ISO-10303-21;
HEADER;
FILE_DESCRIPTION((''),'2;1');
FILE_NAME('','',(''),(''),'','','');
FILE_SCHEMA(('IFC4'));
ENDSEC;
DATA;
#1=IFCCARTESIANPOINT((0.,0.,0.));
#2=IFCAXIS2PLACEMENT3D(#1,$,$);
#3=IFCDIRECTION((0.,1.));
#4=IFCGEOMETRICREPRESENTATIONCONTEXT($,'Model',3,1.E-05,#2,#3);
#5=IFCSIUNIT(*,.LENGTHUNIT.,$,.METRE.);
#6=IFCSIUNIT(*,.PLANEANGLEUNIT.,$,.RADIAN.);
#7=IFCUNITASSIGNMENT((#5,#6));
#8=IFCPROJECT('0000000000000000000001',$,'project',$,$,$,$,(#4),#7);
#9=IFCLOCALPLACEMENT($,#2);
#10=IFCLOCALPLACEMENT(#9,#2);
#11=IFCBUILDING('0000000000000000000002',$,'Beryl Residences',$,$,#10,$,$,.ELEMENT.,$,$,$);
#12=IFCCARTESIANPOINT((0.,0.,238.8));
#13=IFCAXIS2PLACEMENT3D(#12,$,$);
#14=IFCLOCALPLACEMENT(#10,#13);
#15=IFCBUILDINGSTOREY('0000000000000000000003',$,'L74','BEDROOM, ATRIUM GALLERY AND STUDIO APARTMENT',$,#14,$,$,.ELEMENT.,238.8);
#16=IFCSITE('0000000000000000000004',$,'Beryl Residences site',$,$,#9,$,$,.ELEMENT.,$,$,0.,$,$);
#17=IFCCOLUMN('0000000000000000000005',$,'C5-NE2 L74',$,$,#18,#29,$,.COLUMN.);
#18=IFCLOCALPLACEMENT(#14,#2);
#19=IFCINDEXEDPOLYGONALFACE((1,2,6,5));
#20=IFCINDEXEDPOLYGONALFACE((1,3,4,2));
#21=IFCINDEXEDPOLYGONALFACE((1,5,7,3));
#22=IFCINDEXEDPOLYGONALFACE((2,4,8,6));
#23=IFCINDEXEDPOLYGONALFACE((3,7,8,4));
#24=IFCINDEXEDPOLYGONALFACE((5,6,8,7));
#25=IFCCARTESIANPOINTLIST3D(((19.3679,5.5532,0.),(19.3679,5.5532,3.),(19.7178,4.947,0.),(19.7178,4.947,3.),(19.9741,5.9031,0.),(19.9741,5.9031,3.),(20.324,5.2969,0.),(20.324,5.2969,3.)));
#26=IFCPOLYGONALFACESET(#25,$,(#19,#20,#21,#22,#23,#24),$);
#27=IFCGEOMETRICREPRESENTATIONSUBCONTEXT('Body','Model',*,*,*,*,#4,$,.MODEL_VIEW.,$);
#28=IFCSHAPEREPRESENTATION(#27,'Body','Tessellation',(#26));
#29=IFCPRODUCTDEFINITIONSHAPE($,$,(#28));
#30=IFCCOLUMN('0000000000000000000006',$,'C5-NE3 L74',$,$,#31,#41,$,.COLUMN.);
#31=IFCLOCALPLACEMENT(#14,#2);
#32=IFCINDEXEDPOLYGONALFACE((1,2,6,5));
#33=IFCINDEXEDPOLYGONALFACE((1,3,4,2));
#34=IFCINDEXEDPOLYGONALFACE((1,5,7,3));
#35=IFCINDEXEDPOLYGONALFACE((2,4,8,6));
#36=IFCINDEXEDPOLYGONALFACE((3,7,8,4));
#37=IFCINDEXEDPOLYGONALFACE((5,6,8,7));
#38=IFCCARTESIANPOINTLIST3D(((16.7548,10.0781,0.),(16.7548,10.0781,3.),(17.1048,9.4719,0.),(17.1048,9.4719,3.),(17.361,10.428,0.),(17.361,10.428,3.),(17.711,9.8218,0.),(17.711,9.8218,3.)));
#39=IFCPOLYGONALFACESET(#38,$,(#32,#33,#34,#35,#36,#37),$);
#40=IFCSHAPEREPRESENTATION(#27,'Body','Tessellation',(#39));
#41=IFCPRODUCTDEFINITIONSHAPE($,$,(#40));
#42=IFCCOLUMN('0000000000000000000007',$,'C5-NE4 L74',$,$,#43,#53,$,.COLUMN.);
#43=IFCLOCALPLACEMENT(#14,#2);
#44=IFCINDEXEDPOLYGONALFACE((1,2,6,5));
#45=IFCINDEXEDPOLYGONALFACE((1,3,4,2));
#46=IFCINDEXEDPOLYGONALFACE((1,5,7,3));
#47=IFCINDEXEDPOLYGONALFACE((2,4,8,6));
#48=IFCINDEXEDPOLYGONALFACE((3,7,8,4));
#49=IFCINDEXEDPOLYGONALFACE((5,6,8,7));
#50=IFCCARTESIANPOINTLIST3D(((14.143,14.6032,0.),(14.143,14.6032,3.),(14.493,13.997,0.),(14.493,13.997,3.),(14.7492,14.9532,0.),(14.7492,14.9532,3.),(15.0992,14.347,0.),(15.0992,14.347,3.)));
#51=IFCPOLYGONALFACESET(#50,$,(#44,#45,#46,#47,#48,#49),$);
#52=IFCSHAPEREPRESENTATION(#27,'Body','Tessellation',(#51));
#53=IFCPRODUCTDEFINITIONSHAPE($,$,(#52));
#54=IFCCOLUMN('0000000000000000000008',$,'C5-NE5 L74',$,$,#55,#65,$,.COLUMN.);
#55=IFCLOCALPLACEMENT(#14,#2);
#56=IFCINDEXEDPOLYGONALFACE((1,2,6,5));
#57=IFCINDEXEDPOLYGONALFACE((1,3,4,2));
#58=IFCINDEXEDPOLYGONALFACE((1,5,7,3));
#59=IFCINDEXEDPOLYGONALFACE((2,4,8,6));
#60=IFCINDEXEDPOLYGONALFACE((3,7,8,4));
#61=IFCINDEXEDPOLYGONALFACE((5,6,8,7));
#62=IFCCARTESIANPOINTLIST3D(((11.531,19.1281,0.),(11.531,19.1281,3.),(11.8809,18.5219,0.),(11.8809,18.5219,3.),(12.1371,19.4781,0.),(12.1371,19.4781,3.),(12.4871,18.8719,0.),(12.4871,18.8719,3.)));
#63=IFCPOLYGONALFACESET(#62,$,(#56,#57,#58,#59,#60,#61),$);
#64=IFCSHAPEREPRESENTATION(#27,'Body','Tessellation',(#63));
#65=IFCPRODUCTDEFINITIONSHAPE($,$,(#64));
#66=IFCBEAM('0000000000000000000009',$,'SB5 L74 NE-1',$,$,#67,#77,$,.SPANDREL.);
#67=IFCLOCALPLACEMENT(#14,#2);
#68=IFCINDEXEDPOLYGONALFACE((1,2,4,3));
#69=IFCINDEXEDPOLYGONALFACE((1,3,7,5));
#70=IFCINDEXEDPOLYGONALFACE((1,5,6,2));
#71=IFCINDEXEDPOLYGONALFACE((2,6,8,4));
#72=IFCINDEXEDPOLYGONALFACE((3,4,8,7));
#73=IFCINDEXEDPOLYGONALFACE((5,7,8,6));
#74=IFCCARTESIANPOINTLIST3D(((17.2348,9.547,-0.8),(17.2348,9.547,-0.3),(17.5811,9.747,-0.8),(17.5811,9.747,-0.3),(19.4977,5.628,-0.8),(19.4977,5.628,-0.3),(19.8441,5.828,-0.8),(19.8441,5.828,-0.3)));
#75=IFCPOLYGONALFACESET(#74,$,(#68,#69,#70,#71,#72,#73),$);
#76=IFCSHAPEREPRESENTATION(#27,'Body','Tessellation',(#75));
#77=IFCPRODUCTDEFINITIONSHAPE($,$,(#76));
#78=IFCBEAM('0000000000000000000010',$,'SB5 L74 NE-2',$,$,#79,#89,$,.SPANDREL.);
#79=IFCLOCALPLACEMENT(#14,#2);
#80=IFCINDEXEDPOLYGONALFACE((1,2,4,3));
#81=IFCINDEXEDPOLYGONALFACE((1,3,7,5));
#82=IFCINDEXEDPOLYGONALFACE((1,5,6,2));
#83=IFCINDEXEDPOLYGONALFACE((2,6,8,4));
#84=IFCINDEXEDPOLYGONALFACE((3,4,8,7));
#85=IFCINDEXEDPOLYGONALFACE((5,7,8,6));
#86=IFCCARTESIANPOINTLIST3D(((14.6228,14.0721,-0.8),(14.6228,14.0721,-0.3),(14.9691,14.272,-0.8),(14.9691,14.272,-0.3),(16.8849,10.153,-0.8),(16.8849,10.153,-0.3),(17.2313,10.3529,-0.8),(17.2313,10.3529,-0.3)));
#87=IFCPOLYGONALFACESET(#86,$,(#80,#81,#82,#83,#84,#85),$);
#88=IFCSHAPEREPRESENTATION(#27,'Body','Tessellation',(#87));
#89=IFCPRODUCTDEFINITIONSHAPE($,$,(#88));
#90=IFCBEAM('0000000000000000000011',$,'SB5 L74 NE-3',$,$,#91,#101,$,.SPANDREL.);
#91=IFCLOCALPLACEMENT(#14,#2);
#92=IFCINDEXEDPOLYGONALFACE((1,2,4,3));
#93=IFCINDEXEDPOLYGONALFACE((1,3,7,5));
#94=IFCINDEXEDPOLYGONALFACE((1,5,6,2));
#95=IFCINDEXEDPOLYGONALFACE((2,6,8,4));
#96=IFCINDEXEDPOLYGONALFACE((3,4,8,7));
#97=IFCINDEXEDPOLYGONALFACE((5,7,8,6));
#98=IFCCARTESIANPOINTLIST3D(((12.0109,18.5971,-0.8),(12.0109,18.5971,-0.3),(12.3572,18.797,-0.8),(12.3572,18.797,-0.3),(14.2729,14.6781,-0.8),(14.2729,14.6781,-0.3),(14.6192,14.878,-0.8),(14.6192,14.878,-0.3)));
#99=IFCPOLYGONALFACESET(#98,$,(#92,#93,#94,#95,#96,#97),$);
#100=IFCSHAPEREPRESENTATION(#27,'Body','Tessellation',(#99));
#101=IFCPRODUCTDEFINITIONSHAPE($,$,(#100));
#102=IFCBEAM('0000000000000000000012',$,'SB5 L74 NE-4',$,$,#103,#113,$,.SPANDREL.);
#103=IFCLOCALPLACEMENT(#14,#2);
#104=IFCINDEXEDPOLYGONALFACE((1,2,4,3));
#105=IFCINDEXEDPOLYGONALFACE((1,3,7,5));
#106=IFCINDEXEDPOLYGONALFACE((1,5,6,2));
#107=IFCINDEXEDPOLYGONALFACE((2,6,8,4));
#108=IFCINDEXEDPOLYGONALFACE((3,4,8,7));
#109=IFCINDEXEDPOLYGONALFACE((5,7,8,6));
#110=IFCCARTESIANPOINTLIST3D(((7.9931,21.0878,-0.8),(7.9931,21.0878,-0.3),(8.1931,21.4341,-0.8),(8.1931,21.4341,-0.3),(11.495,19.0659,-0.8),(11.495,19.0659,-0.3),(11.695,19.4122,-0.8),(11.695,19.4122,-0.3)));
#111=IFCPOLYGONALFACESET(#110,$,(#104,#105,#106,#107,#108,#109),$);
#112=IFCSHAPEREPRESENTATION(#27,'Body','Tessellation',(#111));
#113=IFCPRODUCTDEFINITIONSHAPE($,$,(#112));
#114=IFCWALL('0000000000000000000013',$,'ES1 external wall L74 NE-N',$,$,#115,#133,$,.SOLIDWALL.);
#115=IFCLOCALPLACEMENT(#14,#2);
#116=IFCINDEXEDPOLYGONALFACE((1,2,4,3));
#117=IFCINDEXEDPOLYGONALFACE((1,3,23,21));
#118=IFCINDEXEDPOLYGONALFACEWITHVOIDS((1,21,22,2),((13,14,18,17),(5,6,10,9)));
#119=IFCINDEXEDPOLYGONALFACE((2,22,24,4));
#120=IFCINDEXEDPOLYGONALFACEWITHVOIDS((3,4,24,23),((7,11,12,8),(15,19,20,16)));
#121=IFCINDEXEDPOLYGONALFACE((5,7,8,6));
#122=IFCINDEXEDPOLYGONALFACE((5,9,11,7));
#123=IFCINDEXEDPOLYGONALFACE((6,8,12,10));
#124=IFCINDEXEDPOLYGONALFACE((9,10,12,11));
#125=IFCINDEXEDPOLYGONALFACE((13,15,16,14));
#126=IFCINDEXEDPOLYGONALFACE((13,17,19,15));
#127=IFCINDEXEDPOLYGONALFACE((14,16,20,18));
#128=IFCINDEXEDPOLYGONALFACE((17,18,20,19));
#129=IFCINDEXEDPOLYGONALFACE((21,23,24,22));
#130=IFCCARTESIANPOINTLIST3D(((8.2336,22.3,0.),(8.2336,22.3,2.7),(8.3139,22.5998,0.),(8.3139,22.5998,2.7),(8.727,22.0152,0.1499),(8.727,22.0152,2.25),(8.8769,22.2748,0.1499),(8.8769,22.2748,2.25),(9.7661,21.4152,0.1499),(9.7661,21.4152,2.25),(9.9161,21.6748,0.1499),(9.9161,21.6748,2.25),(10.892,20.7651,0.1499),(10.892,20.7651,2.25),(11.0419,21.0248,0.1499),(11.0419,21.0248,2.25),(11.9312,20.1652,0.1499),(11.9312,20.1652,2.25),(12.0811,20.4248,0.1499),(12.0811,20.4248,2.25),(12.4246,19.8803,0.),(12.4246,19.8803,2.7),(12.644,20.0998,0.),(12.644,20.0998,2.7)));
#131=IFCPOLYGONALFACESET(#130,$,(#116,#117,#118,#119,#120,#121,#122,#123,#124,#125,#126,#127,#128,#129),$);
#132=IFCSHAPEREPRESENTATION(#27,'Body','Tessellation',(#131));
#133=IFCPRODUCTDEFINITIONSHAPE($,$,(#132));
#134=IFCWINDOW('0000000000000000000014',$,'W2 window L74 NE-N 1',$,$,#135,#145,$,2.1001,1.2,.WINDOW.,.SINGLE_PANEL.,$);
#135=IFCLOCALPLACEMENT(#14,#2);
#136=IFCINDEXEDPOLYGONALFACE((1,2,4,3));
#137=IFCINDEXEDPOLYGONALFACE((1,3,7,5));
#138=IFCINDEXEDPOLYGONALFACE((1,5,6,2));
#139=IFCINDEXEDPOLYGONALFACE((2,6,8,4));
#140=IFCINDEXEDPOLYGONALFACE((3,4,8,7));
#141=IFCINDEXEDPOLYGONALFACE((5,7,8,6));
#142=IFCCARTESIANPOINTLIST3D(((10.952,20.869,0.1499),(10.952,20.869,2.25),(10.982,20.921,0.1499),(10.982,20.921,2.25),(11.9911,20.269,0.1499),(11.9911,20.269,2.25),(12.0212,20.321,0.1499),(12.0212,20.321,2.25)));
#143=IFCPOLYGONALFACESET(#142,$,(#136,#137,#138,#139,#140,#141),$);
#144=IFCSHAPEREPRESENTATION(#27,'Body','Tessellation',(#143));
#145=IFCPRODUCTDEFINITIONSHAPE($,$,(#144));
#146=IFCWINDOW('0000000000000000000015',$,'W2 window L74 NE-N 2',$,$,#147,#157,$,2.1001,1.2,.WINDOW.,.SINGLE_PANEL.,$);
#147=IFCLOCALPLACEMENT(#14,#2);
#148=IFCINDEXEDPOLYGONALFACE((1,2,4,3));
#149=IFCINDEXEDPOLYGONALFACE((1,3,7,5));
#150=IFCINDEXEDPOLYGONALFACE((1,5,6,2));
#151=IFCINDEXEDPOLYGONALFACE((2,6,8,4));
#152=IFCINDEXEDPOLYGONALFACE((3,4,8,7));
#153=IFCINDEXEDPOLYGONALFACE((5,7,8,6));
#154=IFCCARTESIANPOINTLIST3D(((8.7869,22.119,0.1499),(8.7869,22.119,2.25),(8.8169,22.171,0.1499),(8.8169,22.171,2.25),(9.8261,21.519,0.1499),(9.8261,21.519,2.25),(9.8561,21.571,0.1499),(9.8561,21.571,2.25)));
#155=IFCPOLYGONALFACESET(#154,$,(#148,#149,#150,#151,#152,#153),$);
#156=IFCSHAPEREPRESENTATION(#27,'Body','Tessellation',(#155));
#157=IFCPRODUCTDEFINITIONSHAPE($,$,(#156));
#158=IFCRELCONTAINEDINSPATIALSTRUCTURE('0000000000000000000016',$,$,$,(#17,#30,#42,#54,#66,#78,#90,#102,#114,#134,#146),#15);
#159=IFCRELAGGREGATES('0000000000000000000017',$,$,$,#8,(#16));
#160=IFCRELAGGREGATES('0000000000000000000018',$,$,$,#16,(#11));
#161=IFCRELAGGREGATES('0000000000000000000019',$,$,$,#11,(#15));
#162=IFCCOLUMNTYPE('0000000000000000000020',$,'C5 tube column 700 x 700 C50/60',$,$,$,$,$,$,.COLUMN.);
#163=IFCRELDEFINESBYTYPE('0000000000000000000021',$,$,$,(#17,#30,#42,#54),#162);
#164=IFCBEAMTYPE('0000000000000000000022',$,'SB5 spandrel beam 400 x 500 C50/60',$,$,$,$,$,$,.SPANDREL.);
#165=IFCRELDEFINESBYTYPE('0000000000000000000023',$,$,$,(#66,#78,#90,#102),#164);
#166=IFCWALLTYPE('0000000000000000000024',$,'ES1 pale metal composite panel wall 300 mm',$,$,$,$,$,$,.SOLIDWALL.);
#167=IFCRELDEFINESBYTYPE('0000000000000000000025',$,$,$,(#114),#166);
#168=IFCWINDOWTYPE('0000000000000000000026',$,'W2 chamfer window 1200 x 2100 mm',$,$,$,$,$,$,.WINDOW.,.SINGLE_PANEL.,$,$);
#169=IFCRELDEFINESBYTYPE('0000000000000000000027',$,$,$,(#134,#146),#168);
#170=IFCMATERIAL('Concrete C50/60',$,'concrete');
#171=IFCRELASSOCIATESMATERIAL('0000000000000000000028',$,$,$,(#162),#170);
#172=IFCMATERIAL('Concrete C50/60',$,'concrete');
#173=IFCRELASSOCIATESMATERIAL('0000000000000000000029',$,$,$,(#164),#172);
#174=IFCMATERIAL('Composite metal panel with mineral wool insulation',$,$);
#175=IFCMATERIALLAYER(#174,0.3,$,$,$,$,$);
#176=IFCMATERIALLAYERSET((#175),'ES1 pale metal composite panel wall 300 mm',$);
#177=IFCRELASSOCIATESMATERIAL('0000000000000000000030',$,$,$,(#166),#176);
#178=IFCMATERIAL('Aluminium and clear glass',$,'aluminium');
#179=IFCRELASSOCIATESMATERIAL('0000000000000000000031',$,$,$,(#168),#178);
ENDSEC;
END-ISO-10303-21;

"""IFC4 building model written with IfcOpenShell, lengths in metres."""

from ifc_helpers import new_model, si_unit, direction, frame, frame_2d, origin, origin_2d, place, context, subcontext, project, spatial, polyline, rectangle, outline, extrude, material, layer, layer_set, material_profile, profile_set, type_object, element, fill, save


model = new_model("IFC4")

# Units and contexts
model_context = context("Model", 3, precision=1e-05, world=origin(), true_north=direction((0.0, 1.0)))
body_context = subcontext(model_context, "Body", "Model", "MODEL_VIEW")
ifc_project = project(units=[si_unit("LENGTHUNIT", "METRE"), si_unit("PLANEANGLEUNIT", "RADIAN")], contexts=[model_context])

# Site, building, storey
site_placement = place(None, origin())
site = spatial("IfcSite", under=ifc_project, at=site_placement, Name="Beryl Residences site", CompositionType="ELEMENT", RefElevation=0.0)
building_placement = place(site_placement, origin())
building = spatial("IfcBuilding", under=site, at=building_placement, Name="Beryl Residences", CompositionType="ELEMENT")
storey_placement = place(building_placement, frame((0.0, 0.0, 238.8)))
storey = spatial("IfcBuildingStorey", under=building, at=storey_placement, Name="L74", Description="BEDROOM, ATRIUM GALLERY AND STUDIO APARTMENT", CompositionType="ELEMENT", Elevation=238.8)

# Columns
ifc_material_1 = material(Name="Concrete C50/60", Category="concrete")
ifc_material_profile_1 = material_profile(ifc_material_1, rectangle(XDim=0.7, YDim=0.7, at=origin_2d()))
ifc_profile_set_1 = profile_set([ifc_material_profile_1], Name="Concrete C50/60")
column_type = type_object("IfcColumnType", Name="C5 tube column 700 x 700 C50/60", PredefinedType="COLUMN", material=ifc_profile_set_1)
for number, where, z_axis, x_axis, name in (
    (1, (19.8459, 5.425, 0.0), (0.0, 0.0, 1.0), (-0.49997, 0.866043, 0.0), "C5-NE2 L74"),
    (2, (17.2329, 9.95, 0.0), (0.0, 0.0, 1.0), (-0.49997, 0.866043, 0.0), "C5-NE3 L74"),
    (3, (14.6211, 14.4751, 0.0), (0.0, 0.0, 1.0), (-0.49997, 0.866043, 0.0), "C5-NE4 L74"),
    (4, (12.009, 19.0, 0.0), (0.0, 0.0, 1.0), (-0.49997, 0.866043, 0.0), "C5-NE5 L74"),
):
    element("IfcColumn", number, at=place(storey_placement, frame(where, z_axis=z_axis, x_axis=x_axis)), inside=storey, type_object=column_type, Name=name, PredefinedType="COLUMN", context=body_context, shape_type="SweptSolid", body=[
        extrude(rectangle(XDim=0.7, YDim=0.7, at=origin_2d()), origin(), (0.0, 0.0, 1.0), 3.0),
    ])

# Beams
ifc_material_2 = material(Name="Concrete C50/60", Category="concrete")
ifc_material_profile_2 = material_profile(ifc_material_2, rectangle(XDim=0.3999, YDim=0.5, at=origin_2d()))
ifc_profile_set_2 = profile_set([ifc_material_profile_2], Name="Concrete C50/60")
beam_type = type_object("IfcBeamType", Name="SB5 spandrel beam 400 x 500 C50/60", PredefinedType="SPANDREL", material=ifc_profile_set_2)
beam_1_placement = place(storey_placement, frame((19.6709, 5.728, -0.55), z_axis=(-0.500056, 0.865993, 0.0), x_axis=(-0.865993, -0.500056, 0.0)))
element("IfcBeam", 5, at=beam_1_placement, inside=storey, type_object=beam_type, Name="SB5 L74 NE-1", PredefinedType="SPANDREL", context=body_context, shape_type="SweptSolid", body=[
    extrude(rectangle(XDim=0.3999, YDim=0.5, at=origin_2d()), origin(), (0.0, 0.0, 1.0), 4.5254),
])
beam_2_placement = place(storey_placement, frame((17.0581, 10.2529, -0.55), z_axis=(-0.499911, 0.866077, 0.0), x_axis=(-0.866077, -0.499911, 0.0)))
element("IfcBeam", 6, at=beam_2_placement, inside=storey, type_object=beam_type, Name="SB5 L74 NE-2", PredefinedType="SPANDREL", context=body_context, shape_type="SweptSolid", body=[
    extrude(rectangle(XDim=0.3999, YDim=0.5, at=origin_2d()), origin(), (0.0, 0.0, 1.0), 4.5251),
])
beam_3_placement = place(storey_placement, frame((14.446, 14.7781, -0.55), z_axis=(-0.499894, 0.866087, 0.0), x_axis=(-0.866087, -0.499894, 0.0)))
element("IfcBeam", 7, at=beam_3_placement, inside=storey, type_object=beam_type, Name="SB5 L74 NE-3", PredefinedType="SPANDREL", context=body_context, shape_type="SweptSolid", body=[
    extrude(rectangle(XDim=0.3999, YDim=0.5, at=origin_2d()), origin(), (0.0, 0.0, 1.0), 4.5249),
])
beam_4_placement = place(storey_placement, frame((11.595, 19.239, -0.55), z_axis=(-0.866013, 0.500022, 0.0), x_axis=(-0.500022, -0.866013, 0.0)))
element("IfcBeam", 8, at=beam_4_placement, inside=storey, type_object=beam_type, Name="SB5 L74 NE-4", PredefinedType="SPANDREL", context=body_context, shape_type="SweptSolid", body=[
    extrude(rectangle(XDim=0.3999, YDim=0.5, at=origin_2d()), origin(), (0.0, 0.0, 1.0), 4.0437),
])

# Wall, openings, windows
ifc_material_3 = material(Name="Composite metal panel with mineral wool insulation")
ifc_layer_1 = layer(ifc_material_3, 0.3)
ifc_layer_set_1 = layer_set([ifc_layer_1], Name="ES1 pale metal composite panel wall 300 mm")
wall_type_1 = type_object("IfcWallType", Name="ES1 pale metal composite panel wall 300 mm", PredefinedType="SOLIDWALL", material=ifc_layer_set_1)
wall_1_placement = place(storey_placement, frame((12.5691, 19.97, 0.0), z_axis=(0.0, 0.0, 1.0), x_axis=(-0.866023, 0.500004, 0.0)))
wall_1 = element("IfcWall", 9, at=wall_1_placement, inside=storey, type_object=wall_type_1, Name="ES1 external wall L74 NE-N", PredefinedType="SOLIDWALL", context=body_context, shape_type="SweptSolid", body=[
    extrude(outline(polyline([(0.0, -0.1499), (5.0, -0.1499), (4.9197, 0.1499), (0.0803, 0.1499), (0.0, -0.1499)])), origin(), (0.0, 0.0, 1.0), 2.7),
])
opening_1_placement = place(wall_1_placement, frame((0.6499, 0.0, 0.1499)))
opening_1 = element("IfcOpeningElement", 10, at=opening_1_placement, cuts=wall_1, PredefinedType="OPENING", context=body_context, shape_type="SweptSolid", body=[
    extrude(rectangle(XDim=1.2, YDim=2.1001, at=frame_2d((0.6001, 1.05))), frame((0.0, 0.1599, 0.0), z_axis=(0.0, -1.0, 0.0), x_axis=(1.0, 0.0, 0.0)), (0.0, 0.0, 1.0), 0.3201),
])
opening_2_placement = place(wall_1_placement, frame((3.1499, 0.0, 0.1499)))
opening_2 = element("IfcOpeningElement", 11, at=opening_2_placement, cuts=wall_1, PredefinedType="OPENING", context=body_context, shape_type="SweptSolid", body=[
    extrude(rectangle(XDim=1.2, YDim=2.1001, at=frame_2d((0.6001, 1.05))), frame((0.0, 0.1599, 0.0), z_axis=(0.0, -1.0, 0.0), x_axis=(1.0, 0.0, 0.0)), (0.0, 0.0, 1.0), 0.3201),
])
ifc_material_4 = material(Name="Aluminium and clear glass", Category="aluminium")
window_type = type_object("IfcWindowType", Name="W2 chamfer window 1200 x 2100 mm", PartitioningType="SINGLE_PANEL", PredefinedType="WINDOW", material=ifc_material_4)
window_1_placement = place(opening_1_placement, origin())
window_1 = element("IfcWindow", 12, at=window_1_placement, inside=storey, type_object=window_type, Name="W2 window L74 NE-N 1", OverallHeight=2.1001, OverallWidth=1.2, PartitioningType="SINGLE_PANEL", PredefinedType="WINDOW", context=body_context, shape_type="SweptSolid", body=[
    extrude(rectangle(XDim=1.2, YDim=2.1001, at=frame_2d((0.6001, 1.05))), frame((0.0, 0.03, 0.0), z_axis=(0.0, -1.0, 0.0), x_axis=(1.0, 0.0, 0.0)), (0.0, 0.0, 1.0), 0.0601),
])
fill(opening_1, window_1)
window_2_placement = place(opening_2_placement, origin())
window_2 = element("IfcWindow", 13, at=window_2_placement, inside=storey, type_object=window_type, Name="W2 window L74 NE-N 2", OverallHeight=2.1001, OverallWidth=1.2, PartitioningType="SINGLE_PANEL", PredefinedType="WINDOW", context=body_context, shape_type="SweptSolid", body=[
    extrude(rectangle(XDim=1.2, YDim=2.1001, at=frame_2d((0.6001, 1.05))), frame((0.0, 0.03, 0.0), z_axis=(0.0, -1.0, 0.0), x_axis=(1.0, 0.0, 0.0)), (0.0, 0.0, 1.0), 0.0601),
])
fill(opening_2, window_2)

save(model, "model.ifc")
